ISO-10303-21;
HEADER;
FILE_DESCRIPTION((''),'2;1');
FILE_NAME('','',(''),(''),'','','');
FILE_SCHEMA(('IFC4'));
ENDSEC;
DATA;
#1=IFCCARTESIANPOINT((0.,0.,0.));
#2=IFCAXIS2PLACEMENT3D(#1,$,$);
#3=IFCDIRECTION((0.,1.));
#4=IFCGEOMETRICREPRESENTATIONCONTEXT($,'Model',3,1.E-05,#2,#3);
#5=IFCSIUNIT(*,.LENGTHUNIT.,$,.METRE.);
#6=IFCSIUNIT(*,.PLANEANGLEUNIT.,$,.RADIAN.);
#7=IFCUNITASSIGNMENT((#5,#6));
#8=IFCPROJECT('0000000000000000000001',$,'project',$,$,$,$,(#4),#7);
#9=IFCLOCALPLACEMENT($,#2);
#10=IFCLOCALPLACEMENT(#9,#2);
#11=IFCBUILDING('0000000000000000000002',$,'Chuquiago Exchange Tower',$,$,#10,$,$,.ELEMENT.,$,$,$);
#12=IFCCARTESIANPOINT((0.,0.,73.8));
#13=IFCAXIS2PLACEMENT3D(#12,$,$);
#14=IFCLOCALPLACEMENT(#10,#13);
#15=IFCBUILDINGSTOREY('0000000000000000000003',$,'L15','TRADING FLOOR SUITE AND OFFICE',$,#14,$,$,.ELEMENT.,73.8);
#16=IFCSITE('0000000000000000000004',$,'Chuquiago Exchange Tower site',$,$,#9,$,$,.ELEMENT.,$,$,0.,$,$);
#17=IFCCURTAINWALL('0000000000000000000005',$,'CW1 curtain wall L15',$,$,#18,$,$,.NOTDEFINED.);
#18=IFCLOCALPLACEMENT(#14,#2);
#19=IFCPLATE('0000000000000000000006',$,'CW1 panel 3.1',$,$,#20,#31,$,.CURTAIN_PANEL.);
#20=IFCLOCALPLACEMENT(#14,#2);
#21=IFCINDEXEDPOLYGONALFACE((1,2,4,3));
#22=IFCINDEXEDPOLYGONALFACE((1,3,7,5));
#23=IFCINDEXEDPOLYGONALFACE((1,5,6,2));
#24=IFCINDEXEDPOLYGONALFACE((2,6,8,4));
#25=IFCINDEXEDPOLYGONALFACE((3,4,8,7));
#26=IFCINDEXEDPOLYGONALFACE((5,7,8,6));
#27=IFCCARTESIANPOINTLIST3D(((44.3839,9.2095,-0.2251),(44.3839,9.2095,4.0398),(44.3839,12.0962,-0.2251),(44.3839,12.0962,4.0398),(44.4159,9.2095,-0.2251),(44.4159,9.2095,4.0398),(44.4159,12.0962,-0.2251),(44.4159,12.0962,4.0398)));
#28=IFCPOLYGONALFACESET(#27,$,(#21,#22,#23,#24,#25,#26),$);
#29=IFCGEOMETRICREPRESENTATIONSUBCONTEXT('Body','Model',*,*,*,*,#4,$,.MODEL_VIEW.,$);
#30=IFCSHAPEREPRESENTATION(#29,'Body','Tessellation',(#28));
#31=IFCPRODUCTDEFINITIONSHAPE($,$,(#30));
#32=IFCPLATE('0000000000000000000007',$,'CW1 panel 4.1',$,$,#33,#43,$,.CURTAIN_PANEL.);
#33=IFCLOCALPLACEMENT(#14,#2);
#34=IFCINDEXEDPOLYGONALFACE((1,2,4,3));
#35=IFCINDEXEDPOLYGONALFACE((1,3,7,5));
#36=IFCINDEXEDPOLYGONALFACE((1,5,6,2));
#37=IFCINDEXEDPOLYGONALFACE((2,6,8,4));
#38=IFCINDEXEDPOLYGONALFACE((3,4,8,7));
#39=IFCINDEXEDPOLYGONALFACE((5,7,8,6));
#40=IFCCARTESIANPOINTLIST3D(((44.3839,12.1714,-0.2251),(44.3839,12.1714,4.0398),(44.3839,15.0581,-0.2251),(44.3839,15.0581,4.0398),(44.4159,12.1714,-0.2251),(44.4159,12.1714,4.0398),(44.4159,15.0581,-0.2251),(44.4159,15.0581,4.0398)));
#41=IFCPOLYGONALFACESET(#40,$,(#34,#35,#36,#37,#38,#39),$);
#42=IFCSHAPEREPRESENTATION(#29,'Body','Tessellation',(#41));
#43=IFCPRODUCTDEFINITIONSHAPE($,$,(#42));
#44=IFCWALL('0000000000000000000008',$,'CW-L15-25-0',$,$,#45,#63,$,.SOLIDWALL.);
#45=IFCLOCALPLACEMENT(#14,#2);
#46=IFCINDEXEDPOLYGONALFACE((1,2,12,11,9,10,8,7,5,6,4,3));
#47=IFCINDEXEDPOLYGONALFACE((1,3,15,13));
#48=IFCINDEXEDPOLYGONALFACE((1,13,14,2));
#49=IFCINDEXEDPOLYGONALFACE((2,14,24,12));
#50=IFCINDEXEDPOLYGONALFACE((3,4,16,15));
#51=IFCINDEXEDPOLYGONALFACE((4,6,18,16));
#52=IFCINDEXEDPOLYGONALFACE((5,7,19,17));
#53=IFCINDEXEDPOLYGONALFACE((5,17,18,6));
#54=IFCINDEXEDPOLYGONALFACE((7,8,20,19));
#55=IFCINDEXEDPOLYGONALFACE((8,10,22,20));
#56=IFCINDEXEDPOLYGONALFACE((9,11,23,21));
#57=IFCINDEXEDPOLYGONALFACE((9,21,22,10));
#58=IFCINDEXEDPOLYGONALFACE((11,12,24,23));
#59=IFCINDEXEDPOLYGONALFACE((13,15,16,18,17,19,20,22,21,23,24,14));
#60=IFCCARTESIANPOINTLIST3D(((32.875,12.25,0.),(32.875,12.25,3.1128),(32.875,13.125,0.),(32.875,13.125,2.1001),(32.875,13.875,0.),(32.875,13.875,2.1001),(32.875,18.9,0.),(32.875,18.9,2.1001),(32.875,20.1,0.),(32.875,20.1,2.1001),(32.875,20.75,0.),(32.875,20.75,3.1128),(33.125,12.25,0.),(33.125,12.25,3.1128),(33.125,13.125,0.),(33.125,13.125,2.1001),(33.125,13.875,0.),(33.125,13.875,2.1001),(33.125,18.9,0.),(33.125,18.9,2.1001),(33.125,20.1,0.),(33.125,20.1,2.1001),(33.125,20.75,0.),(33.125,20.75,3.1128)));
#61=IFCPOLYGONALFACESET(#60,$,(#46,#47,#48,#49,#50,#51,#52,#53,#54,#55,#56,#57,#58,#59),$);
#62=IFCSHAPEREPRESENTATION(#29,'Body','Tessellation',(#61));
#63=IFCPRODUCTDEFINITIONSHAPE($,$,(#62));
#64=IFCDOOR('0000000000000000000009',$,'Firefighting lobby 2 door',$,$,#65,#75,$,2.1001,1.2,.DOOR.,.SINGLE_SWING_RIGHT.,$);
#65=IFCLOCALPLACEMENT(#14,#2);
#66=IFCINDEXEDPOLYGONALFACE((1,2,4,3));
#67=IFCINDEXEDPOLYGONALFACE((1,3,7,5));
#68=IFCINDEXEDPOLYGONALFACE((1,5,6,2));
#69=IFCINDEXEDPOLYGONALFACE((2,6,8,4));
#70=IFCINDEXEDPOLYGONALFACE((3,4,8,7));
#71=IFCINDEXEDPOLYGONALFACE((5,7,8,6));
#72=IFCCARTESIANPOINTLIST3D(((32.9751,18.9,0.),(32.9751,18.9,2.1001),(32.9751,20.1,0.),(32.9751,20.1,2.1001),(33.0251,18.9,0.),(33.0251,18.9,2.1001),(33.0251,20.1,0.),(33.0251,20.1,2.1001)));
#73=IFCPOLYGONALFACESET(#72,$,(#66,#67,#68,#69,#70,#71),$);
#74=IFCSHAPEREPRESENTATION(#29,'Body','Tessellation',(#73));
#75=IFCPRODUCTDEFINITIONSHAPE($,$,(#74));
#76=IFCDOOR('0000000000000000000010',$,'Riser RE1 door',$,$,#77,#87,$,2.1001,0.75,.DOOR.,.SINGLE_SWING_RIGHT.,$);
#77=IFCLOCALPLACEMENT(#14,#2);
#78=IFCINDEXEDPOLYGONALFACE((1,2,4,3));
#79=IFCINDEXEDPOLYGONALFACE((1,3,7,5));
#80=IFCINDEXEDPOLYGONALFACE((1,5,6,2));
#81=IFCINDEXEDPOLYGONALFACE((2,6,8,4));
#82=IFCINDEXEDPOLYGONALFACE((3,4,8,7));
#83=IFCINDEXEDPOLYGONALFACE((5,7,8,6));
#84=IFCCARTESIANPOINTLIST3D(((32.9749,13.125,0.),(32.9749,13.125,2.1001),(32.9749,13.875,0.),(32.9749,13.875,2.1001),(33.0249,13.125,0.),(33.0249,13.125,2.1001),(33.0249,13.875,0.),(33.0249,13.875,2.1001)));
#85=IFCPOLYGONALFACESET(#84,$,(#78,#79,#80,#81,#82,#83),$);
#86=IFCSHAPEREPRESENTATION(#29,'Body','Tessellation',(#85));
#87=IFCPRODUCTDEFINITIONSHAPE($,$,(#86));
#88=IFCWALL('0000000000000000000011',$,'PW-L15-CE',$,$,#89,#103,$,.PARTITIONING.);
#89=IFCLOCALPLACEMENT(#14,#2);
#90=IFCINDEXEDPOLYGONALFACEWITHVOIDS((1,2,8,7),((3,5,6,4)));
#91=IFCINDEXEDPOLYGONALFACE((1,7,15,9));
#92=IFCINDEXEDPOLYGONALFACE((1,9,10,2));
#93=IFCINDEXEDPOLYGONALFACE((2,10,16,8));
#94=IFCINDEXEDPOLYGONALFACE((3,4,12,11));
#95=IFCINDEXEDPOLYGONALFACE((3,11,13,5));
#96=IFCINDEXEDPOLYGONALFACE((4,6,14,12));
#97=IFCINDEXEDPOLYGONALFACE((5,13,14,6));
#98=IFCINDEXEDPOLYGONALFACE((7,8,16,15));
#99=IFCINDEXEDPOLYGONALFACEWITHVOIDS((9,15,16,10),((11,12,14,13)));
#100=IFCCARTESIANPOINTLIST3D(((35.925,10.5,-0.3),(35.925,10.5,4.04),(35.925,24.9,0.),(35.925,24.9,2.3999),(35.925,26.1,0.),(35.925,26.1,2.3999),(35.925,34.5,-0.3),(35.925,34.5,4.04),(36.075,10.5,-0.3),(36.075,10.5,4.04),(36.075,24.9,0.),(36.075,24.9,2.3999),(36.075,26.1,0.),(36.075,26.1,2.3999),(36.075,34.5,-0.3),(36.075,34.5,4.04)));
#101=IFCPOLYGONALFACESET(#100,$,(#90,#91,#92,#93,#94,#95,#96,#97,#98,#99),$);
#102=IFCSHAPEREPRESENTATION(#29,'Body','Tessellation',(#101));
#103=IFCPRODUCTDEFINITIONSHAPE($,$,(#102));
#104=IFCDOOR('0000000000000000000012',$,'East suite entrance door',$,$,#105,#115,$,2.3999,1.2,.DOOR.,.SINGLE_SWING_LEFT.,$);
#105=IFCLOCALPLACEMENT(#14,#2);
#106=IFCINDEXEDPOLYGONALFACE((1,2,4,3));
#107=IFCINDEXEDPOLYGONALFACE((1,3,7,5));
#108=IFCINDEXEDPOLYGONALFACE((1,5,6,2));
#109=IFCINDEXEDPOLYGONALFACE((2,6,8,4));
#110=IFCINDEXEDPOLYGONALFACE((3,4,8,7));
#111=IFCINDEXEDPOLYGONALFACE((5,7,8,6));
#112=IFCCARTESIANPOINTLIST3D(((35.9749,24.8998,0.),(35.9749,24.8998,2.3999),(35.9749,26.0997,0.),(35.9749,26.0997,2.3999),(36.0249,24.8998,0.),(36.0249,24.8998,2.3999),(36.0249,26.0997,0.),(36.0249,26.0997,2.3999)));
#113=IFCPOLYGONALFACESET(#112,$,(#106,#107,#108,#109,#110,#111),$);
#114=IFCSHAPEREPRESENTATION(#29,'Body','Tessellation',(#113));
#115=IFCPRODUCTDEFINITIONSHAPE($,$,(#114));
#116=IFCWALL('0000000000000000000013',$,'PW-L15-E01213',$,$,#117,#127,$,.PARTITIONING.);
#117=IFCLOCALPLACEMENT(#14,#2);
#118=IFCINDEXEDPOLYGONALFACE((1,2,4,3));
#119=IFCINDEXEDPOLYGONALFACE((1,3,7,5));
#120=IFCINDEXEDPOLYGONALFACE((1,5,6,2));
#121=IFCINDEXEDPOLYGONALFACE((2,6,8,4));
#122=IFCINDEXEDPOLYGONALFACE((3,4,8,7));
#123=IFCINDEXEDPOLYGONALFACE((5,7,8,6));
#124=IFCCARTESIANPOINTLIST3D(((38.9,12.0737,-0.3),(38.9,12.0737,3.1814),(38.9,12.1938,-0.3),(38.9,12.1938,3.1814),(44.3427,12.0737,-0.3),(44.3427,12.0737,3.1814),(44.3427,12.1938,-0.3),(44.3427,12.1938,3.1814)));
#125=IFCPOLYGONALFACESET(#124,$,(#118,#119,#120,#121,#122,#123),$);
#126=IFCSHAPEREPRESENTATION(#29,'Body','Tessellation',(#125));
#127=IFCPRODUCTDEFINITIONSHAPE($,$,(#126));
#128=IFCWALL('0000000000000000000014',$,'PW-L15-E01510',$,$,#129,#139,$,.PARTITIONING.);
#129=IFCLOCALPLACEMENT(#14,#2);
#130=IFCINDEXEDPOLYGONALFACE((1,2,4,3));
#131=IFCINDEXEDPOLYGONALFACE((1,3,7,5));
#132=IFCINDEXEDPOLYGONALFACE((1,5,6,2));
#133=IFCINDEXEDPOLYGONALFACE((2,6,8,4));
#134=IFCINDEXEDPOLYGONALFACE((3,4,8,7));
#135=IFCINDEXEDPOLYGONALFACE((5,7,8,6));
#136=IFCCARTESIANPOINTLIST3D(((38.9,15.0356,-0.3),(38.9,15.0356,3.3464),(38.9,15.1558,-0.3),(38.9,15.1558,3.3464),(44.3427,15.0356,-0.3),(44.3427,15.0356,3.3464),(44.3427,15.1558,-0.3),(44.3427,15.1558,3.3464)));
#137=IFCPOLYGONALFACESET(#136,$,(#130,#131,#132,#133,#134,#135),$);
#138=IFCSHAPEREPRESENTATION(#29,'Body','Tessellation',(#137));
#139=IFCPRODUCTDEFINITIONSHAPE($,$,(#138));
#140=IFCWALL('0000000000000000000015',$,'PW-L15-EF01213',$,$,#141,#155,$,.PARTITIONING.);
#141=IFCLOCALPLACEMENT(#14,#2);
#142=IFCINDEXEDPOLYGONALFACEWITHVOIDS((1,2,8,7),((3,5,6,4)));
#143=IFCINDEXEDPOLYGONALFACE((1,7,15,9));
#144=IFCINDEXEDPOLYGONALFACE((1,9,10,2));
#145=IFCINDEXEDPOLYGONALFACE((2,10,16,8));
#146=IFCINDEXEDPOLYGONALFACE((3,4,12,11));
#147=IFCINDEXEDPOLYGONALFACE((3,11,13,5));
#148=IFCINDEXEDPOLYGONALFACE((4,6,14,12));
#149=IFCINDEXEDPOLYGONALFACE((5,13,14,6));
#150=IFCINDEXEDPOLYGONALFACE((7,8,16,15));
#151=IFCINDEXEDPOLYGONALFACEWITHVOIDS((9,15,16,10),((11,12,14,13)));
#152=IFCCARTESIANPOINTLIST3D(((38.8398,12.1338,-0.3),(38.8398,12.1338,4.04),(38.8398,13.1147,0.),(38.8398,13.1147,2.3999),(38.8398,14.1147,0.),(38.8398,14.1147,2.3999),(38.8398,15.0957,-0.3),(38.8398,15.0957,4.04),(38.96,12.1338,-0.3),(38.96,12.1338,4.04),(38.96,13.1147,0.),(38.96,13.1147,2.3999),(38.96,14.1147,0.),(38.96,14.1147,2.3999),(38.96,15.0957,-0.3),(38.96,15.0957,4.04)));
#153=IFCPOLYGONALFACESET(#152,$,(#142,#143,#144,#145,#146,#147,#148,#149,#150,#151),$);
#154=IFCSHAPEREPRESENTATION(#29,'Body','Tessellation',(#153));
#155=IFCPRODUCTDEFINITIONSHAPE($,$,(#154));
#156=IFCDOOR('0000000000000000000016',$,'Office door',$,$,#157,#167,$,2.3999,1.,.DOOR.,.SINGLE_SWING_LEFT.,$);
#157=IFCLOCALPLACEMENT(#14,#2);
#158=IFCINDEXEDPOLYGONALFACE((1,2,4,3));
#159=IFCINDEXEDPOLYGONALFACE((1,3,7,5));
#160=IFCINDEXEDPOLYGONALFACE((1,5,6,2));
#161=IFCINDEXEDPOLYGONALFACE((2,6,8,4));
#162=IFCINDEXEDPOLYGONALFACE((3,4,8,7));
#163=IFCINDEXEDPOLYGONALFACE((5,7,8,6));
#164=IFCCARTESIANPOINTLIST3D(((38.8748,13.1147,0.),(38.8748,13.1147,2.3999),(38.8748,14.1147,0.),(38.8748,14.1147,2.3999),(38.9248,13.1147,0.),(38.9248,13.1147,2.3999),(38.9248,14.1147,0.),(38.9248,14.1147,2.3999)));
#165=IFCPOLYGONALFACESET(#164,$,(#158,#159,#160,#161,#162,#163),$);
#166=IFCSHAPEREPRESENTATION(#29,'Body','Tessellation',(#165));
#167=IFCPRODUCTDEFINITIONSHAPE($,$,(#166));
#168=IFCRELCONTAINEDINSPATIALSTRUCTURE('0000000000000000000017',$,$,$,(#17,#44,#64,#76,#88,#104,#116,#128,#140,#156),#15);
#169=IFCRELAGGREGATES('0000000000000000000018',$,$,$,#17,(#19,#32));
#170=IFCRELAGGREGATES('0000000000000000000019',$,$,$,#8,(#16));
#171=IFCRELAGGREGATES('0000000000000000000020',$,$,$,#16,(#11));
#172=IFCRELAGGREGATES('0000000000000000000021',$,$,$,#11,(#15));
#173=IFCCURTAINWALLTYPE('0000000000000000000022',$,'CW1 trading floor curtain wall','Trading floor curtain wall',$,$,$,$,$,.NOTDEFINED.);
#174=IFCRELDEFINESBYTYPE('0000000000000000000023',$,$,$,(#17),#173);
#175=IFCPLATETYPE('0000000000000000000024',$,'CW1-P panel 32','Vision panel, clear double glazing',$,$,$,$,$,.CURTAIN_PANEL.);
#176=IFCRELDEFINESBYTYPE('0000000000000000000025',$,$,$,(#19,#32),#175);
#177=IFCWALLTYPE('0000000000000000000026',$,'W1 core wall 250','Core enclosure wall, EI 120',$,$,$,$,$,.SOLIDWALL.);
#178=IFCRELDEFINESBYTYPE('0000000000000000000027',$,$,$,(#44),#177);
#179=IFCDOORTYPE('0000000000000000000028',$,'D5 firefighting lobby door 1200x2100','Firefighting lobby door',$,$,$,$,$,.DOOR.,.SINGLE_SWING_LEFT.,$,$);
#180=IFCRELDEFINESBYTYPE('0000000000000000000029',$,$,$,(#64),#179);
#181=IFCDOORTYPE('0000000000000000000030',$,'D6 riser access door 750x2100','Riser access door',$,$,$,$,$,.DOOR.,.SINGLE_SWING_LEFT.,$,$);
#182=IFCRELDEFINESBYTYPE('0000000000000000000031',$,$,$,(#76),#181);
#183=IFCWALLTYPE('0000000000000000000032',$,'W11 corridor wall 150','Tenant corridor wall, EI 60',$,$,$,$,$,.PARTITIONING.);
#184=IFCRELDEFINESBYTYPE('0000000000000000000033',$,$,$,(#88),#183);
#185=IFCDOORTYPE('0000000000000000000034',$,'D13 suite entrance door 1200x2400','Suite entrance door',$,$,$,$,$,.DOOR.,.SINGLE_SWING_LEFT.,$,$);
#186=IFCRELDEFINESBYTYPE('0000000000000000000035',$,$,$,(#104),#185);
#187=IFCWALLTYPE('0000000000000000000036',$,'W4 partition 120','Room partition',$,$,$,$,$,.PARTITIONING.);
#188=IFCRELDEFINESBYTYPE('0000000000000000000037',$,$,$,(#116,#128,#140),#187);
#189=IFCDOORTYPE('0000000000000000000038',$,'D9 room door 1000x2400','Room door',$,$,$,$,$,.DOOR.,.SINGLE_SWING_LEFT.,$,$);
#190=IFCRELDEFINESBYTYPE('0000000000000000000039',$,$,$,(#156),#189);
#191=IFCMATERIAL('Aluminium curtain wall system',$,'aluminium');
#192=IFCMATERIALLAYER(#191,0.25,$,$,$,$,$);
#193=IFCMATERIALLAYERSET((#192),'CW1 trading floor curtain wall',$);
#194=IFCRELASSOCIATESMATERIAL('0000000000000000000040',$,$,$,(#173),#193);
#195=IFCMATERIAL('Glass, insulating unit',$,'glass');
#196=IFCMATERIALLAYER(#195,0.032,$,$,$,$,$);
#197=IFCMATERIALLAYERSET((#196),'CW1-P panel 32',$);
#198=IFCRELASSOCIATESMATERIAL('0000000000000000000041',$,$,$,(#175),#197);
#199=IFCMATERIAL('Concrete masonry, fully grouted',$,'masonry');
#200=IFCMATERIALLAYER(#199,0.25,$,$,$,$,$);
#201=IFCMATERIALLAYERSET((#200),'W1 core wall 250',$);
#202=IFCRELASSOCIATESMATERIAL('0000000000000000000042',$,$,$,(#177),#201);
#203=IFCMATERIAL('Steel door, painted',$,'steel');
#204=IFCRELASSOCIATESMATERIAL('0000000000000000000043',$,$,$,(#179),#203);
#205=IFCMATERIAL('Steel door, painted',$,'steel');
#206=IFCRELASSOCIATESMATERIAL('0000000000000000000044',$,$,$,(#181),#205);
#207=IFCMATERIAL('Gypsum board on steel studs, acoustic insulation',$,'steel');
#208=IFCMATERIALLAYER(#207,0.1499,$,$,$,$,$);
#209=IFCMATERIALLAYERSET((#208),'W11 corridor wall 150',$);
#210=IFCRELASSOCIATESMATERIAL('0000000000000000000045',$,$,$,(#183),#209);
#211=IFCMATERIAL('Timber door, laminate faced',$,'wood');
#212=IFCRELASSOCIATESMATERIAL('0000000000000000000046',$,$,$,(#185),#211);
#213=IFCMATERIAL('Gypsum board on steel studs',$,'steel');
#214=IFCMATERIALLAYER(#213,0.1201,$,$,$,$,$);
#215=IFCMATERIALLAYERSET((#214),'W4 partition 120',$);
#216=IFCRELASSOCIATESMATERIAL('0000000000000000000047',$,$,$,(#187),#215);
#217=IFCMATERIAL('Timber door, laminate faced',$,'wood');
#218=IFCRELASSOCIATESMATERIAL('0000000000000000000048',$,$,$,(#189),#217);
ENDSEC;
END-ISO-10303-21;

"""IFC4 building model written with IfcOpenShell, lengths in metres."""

from ifc_helpers import new_model, si_unit, direction, frame, frame_2d, origin, origin_2d, place, context, subcontext, project, spatial, rectangle, extrude, material, layer, layer_set, type_object, element, fill, aggregate, save


model = new_model("IFC4")

# Units and contexts
model_context = context("Model", 3, precision=1e-05, world=origin(), true_north=direction((0.0, 1.0)))
body_context = subcontext(model_context, "Body", "Model", "MODEL_VIEW")
ifc_project = project(units=[si_unit("LENGTHUNIT", "METRE"), si_unit("PLANEANGLEUNIT", "RADIAN")], contexts=[model_context])

# Site, building, storey
site_placement = place(None, origin())
site = spatial("IfcSite", under=ifc_project, at=site_placement, Name="Chuquiago Exchange Tower site", CompositionType="ELEMENT", RefElevation=0.0)
building_placement = place(site_placement, origin())
building = spatial("IfcBuilding", under=site, at=building_placement, Name="Chuquiago Exchange Tower", CompositionType="ELEMENT")
storey_placement = place(building_placement, frame((0.0, 0.0, 73.8)))
storey = spatial("IfcBuildingStorey", under=building, at=storey_placement, Name="L15", Description="TRADING FLOOR SUITE AND OFFICE", CompositionType="ELEMENT", Elevation=73.8)

# Curtain wall
ifc_material_1 = material(Name="Aluminium curtain wall system", Category="aluminium")
ifc_layer_1 = layer(ifc_material_1, 0.25)
ifc_layer_set_1 = layer_set([ifc_layer_1], Name="CW1 trading floor curtain wall")
curtain_wall_type = type_object("IfcCurtainWallType", Name="CW1 trading floor curtain wall", Description="Trading floor curtain wall", PredefinedType="NOTDEFINED", material=ifc_layer_set_1)
curtain_wall_placement = place(storey_placement, origin())
curtain_wall = element("IfcCurtainWall", 1, at=curtain_wall_placement, inside=storey, type_object=curtain_wall_type, Name="CW1 curtain wall L15", PredefinedType="NOTDEFINED")

# Plates
ifc_material_2 = material(Name="Glass, insulating unit", Category="glass")
ifc_layer_2 = layer(ifc_material_2, 0.032)
ifc_layer_set_2 = layer_set([ifc_layer_2], Name="CW1-P panel 32")
plate_type = type_object("IfcPlateType", Name="CW1-P panel 32", Description="Vision panel, clear double glazing", PredefinedType="CURTAIN_PANEL", material=ifc_layer_set_2)
plate_1_placement = place(storey_placement, frame((44.3999, 10.6528, -0.2251), z_axis=(0.0, 0.0, 1.0), x_axis=(0.0, 1.0, 0.0)))
plate_1 = element("IfcPlate", 2, at=plate_1_placement, type_object=plate_type, Name="CW1 panel 3.1", PredefinedType="CURTAIN_PANEL", context=body_context, shape_type="SweptSolid", body=[
    extrude(rectangle(XDim=2.8867, YDim=0.032, at=origin_2d()), origin(), (0.0, 0.0, 1.0), 4.2649),
])
plate_2_placement = place(storey_placement, frame((44.3999, 13.6147, -0.2251), z_axis=(0.0, 0.0, 1.0), x_axis=(0.0, 1.0, 0.0)))
plate_2 = element("IfcPlate", 3, at=plate_2_placement, type_object=plate_type, Name="CW1 panel 4.1", PredefinedType="CURTAIN_PANEL", context=body_context, shape_type="SweptSolid", body=[
    extrude(rectangle(XDim=2.8867, YDim=0.032, at=origin_2d()), origin(), (0.0, 0.0, 1.0), 4.2649),
])
aggregate(curtain_wall, [plate_1, plate_2])

# Wall, openings, doors
ifc_material_3 = material(Name="Concrete masonry, fully grouted", Category="masonry")
ifc_layer_3 = layer(ifc_material_3, 0.25)
ifc_layer_set_3 = layer_set([ifc_layer_3], Name="W1 core wall 250")
wall_type_1 = type_object("IfcWallType", Name="W1 core wall 250", Description="Core enclosure wall, EI 120", PredefinedType="SOLIDWALL", material=ifc_layer_set_3)
wall_1_placement = place(storey_placement, frame((33.0, 12.25, 0.0), z_axis=(0.0, 0.0, 1.0), x_axis=(0.0, 1.0, 0.0)))
wall_1 = element("IfcWall", 4, at=wall_1_placement, inside=storey, type_object=wall_type_1, Name="CW-L15-25-0", PredefinedType="SOLIDWALL", context=body_context, shape_type="SweptSolid", body=[
    extrude(rectangle(XDim=8.5, YDim=0.25, at=frame_2d((4.25, 0.0))), origin(), (0.0, 0.0, 1.0), 3.1128),
])
opening_1_placement = place(wall_1_placement, frame((6.6499, 0.0, 0.0)))
opening_1 = element("IfcOpeningElement", 5, at=opening_1_placement, cuts=wall_1, PredefinedType="OPENING", context=body_context, shape_type="SweptSolid", body=[
    extrude(rectangle(XDim=1.2, YDim=2.1001, at=frame_2d((0.6001, 1.05))), frame((0.0, 0.135, 0.0), z_axis=(0.0, -1.0, 0.0), x_axis=(1.0, 0.0, 0.0)), (0.0, 0.0, 1.0), 0.27),
])
opening_2_placement = place(wall_1_placement, frame((0.875, 0.0, 0.0)))
opening_2 = element("IfcOpeningElement", 6, at=opening_2_placement, cuts=wall_1, PredefinedType="OPENING", context=body_context, shape_type="SweptSolid", body=[
    extrude(rectangle(XDim=0.75, YDim=2.1001, at=frame_2d((0.375, 1.05))), frame((0.0, 0.135, 0.0), z_axis=(0.0, -1.0, 0.0), x_axis=(1.0, 0.0, 0.0)), (0.0, 0.0, 1.0), 0.27),
])
ifc_material_4 = material(Name="Steel door, painted", Category="steel")
door_type_1 = type_object("IfcDoorType", Name="D5 firefighting lobby door 1200x2100", Description="Firefighting lobby door", OperationType="SINGLE_SWING_LEFT", PredefinedType="DOOR", material=ifc_material_4)
door_1_placement = place(opening_1_placement, origin())
door_1 = element("IfcDoor", 7, at=door_1_placement, inside=storey, type_object=door_type_1, Name="Firefighting lobby 2 door", OperationType="SINGLE_SWING_RIGHT", OverallHeight=2.1001, OverallWidth=1.2, PredefinedType="DOOR", context=body_context, shape_type="SweptSolid", body=[
    extrude(rectangle(XDim=1.2, YDim=2.1001, at=frame_2d((0.6001, 1.05))), frame((0.0, 0.0249, 0.0), z_axis=(0.0, -1.0, 0.0), x_axis=(1.0, 0.0, 0.0)), (0.0, 0.0, 1.0), 0.05),
])
fill(opening_1, door_1)
ifc_material_5 = material(Name="Steel door, painted", Category="steel")
door_type_2 = type_object("IfcDoorType", Name="D6 riser access door 750x2100", Description="Riser access door", OperationType="SINGLE_SWING_LEFT", PredefinedType="DOOR", material=ifc_material_5)
door_2_placement = place(opening_2_placement, frame((0.75, 0.0, 0.0), z_axis=(0.0, 0.0, 1.0), x_axis=(-1.0, 0.0, 0.0)))
door_2 = element("IfcDoor", 8, at=door_2_placement, inside=storey, type_object=door_type_2, Name="Riser RE1 door", OperationType="SINGLE_SWING_RIGHT", OverallHeight=2.1001, OverallWidth=0.75, PredefinedType="DOOR", context=body_context, shape_type="SweptSolid", body=[
    extrude(rectangle(XDim=0.75, YDim=2.1001, at=frame_2d((0.375, 1.05))), frame((0.0, 0.0249, 0.0), z_axis=(0.0, -1.0, 0.0), x_axis=(1.0, 0.0, 0.0)), (0.0, 0.0, 1.0), 0.05),
])
fill(opening_2, door_2)

# Wall, opening, door
ifc_material_6 = material(Name="Gypsum board on steel studs, acoustic insulation", Category="steel")
ifc_layer_4 = layer(ifc_material_6, 0.1499)
ifc_layer_set_4 = layer_set([ifc_layer_4], Name="W11 corridor wall 150")
wall_type_2 = type_object("IfcWallType", Name="W11 corridor wall 150", Description="Tenant corridor wall, EI 60", PredefinedType="PARTITIONING", material=ifc_layer_set_4)
wall_2_placement = place(storey_placement, frame((36.0, 10.5, -0.3), z_axis=(0.0, 0.0, 1.0), x_axis=(0.0, 1.0, 0.0)))
wall_2 = element("IfcWall", 9, at=wall_2_placement, inside=storey, type_object=wall_type_2, Name="PW-L15-CE", PredefinedType="PARTITIONING", context=body_context, shape_type="SweptSolid", body=[
    extrude(rectangle(XDim=24.0, YDim=0.1499, at=frame_2d((12.0, 0.0))), origin(), (0.0, 0.0, 1.0), 4.3401),
])
opening_3_placement = place(wall_2_placement, frame((14.3999, 0.0, 0.3)))
opening_3 = element("IfcOpeningElement", 10, at=opening_3_placement, cuts=wall_2, PredefinedType="OPENING", context=body_context, shape_type="SweptSolid", body=[
    extrude(rectangle(XDim=1.2, YDim=2.3999, at=frame_2d((0.6001, 1.2))), frame((0.0, 0.085, 0.0), z_axis=(0.0, -1.0, 0.0), x_axis=(1.0, 0.0, 0.0)), (0.0, 0.0, 1.0), 0.1699),
])
ifc_material_7 = material(Name="Timber door, laminate faced", Category="wood")
door_type_3 = type_object("IfcDoorType", Name="D13 suite entrance door 1200x2400", Description="Suite entrance door", OperationType="SINGLE_SWING_LEFT", PredefinedType="DOOR", material=ifc_material_7)
door_3_placement = place(opening_3_placement, frame((1.2, 0.0, 0.0), z_axis=(0.0, 0.0, 1.0), x_axis=(-1.0, 0.0, 0.0)))
door_3 = element("IfcDoor", 11, at=door_3_placement, inside=storey, type_object=door_type_3, Name="East suite entrance door", OperationType="SINGLE_SWING_LEFT", OverallHeight=2.3999, OverallWidth=1.2, PredefinedType="DOOR", context=body_context, shape_type="SweptSolid", body=[
    extrude(rectangle(XDim=1.2, YDim=2.3999, at=frame_2d((0.6001, 1.2))), frame((0.0, 0.0249, 0.0), z_axis=(0.0, -1.0, 0.0), x_axis=(1.0, 0.0, 0.0)), (0.0, 0.0, 1.0), 0.05),
])
fill(opening_3, door_3)

# Walls
ifc_material_8 = material(Name="Gypsum board on steel studs", Category="steel")
ifc_layer_5 = layer(ifc_material_8, 0.1201)
ifc_layer_set_5 = layer_set([ifc_layer_5], Name="W4 partition 120")
wall_type_3 = type_object("IfcWallType", Name="W4 partition 120", Description="Room partition", PredefinedType="PARTITIONING", material=ifc_layer_set_5)
wall_3_placement = place(storey_placement, frame((44.3425, 12.1338, -0.3), z_axis=(0.0, 0.0, 1.0), x_axis=(-1.0, 0.0, 0.0)))
element("IfcWall", 12, at=wall_3_placement, inside=storey, type_object=wall_type_3, Name="PW-L15-E01213", PredefinedType="PARTITIONING", context=body_context, shape_type="SweptSolid", body=[
    extrude(rectangle(XDim=5.4426, YDim=0.1201, at=frame_2d((2.7212, 0.0))), origin(), (0.0, 0.0, 1.0), 3.4814),
])
wall_4_placement = place(storey_placement, frame((44.3425, 15.0957, -0.3), z_axis=(0.0, 0.0, 1.0), x_axis=(-1.0, 0.0, 0.0)))
element("IfcWall", 13, at=wall_4_placement, inside=storey, type_object=wall_type_3, Name="PW-L15-E01510", PredefinedType="PARTITIONING", context=body_context, shape_type="SweptSolid", body=[
    extrude(rectangle(XDim=5.4426, YDim=0.1201, at=frame_2d((2.7212, 0.0))), origin(), (0.0, 0.0, 1.0), 3.6465),
])

# Wall, opening, door
wall_5_placement = place(storey_placement, frame((38.8999, 12.1338, -0.3), z_axis=(0.0, 0.0, 1.0), x_axis=(0.0, 1.0, 0.0)))
wall_5 = element("IfcWall", 14, at=wall_5_placement, inside=storey, type_object=wall_type_3, Name="PW-L15-EF01213", PredefinedType="PARTITIONING", context=body_context, shape_type="SweptSolid", body=[
    extrude(rectangle(XDim=2.9619, YDim=0.1201, at=frame_2d((1.481, 0.0))), origin(), (0.0, 0.0, 1.0), 4.3401),
])
opening_4_placement = place(wall_5_placement, frame((0.981, 0.0, 0.3)))
opening_4 = element("IfcOpeningElement", 15, at=opening_4_placement, cuts=wall_5, PredefinedType="OPENING", context=body_context, shape_type="SweptSolid", body=[
    extrude(rectangle(XDim=1.0, YDim=2.3999, at=frame_2d((0.5, 1.2))), frame((0.0, 0.0701, 0.0), z_axis=(0.0, -1.0, 0.0), x_axis=(1.0, 0.0, 0.0)), (0.0, 0.0, 1.0), 0.1401),
])
ifc_material_9 = material(Name="Timber door, laminate faced", Category="wood")
door_type_4 = type_object("IfcDoorType", Name="D9 room door 1000x2400", Description="Room door", OperationType="SINGLE_SWING_LEFT", PredefinedType="DOOR", material=ifc_material_9)
door_4_placement = place(opening_4_placement, frame((1.0, 0.0, 0.0), z_axis=(0.0, 0.0, 1.0), x_axis=(-1.0, 0.0, 0.0)))
door_4 = element("IfcDoor", 16, at=door_4_placement, inside=storey, type_object=door_type_4, Name="Office door", OperationType="SINGLE_SWING_LEFT", OverallHeight=2.3999, OverallWidth=1.0, PredefinedType="DOOR", context=body_context, shape_type="SweptSolid", body=[
    extrude(rectangle(XDim=1.0, YDim=2.3999, at=frame_2d((0.5, 1.2))), frame((0.0, 0.0249, 0.0), z_axis=(0.0, -1.0, 0.0), x_axis=(1.0, 0.0, 0.0)), (0.0, 0.0, 1.0), 0.05),
])
fill(opening_4, door_4)

save(model, "model.ifc")
